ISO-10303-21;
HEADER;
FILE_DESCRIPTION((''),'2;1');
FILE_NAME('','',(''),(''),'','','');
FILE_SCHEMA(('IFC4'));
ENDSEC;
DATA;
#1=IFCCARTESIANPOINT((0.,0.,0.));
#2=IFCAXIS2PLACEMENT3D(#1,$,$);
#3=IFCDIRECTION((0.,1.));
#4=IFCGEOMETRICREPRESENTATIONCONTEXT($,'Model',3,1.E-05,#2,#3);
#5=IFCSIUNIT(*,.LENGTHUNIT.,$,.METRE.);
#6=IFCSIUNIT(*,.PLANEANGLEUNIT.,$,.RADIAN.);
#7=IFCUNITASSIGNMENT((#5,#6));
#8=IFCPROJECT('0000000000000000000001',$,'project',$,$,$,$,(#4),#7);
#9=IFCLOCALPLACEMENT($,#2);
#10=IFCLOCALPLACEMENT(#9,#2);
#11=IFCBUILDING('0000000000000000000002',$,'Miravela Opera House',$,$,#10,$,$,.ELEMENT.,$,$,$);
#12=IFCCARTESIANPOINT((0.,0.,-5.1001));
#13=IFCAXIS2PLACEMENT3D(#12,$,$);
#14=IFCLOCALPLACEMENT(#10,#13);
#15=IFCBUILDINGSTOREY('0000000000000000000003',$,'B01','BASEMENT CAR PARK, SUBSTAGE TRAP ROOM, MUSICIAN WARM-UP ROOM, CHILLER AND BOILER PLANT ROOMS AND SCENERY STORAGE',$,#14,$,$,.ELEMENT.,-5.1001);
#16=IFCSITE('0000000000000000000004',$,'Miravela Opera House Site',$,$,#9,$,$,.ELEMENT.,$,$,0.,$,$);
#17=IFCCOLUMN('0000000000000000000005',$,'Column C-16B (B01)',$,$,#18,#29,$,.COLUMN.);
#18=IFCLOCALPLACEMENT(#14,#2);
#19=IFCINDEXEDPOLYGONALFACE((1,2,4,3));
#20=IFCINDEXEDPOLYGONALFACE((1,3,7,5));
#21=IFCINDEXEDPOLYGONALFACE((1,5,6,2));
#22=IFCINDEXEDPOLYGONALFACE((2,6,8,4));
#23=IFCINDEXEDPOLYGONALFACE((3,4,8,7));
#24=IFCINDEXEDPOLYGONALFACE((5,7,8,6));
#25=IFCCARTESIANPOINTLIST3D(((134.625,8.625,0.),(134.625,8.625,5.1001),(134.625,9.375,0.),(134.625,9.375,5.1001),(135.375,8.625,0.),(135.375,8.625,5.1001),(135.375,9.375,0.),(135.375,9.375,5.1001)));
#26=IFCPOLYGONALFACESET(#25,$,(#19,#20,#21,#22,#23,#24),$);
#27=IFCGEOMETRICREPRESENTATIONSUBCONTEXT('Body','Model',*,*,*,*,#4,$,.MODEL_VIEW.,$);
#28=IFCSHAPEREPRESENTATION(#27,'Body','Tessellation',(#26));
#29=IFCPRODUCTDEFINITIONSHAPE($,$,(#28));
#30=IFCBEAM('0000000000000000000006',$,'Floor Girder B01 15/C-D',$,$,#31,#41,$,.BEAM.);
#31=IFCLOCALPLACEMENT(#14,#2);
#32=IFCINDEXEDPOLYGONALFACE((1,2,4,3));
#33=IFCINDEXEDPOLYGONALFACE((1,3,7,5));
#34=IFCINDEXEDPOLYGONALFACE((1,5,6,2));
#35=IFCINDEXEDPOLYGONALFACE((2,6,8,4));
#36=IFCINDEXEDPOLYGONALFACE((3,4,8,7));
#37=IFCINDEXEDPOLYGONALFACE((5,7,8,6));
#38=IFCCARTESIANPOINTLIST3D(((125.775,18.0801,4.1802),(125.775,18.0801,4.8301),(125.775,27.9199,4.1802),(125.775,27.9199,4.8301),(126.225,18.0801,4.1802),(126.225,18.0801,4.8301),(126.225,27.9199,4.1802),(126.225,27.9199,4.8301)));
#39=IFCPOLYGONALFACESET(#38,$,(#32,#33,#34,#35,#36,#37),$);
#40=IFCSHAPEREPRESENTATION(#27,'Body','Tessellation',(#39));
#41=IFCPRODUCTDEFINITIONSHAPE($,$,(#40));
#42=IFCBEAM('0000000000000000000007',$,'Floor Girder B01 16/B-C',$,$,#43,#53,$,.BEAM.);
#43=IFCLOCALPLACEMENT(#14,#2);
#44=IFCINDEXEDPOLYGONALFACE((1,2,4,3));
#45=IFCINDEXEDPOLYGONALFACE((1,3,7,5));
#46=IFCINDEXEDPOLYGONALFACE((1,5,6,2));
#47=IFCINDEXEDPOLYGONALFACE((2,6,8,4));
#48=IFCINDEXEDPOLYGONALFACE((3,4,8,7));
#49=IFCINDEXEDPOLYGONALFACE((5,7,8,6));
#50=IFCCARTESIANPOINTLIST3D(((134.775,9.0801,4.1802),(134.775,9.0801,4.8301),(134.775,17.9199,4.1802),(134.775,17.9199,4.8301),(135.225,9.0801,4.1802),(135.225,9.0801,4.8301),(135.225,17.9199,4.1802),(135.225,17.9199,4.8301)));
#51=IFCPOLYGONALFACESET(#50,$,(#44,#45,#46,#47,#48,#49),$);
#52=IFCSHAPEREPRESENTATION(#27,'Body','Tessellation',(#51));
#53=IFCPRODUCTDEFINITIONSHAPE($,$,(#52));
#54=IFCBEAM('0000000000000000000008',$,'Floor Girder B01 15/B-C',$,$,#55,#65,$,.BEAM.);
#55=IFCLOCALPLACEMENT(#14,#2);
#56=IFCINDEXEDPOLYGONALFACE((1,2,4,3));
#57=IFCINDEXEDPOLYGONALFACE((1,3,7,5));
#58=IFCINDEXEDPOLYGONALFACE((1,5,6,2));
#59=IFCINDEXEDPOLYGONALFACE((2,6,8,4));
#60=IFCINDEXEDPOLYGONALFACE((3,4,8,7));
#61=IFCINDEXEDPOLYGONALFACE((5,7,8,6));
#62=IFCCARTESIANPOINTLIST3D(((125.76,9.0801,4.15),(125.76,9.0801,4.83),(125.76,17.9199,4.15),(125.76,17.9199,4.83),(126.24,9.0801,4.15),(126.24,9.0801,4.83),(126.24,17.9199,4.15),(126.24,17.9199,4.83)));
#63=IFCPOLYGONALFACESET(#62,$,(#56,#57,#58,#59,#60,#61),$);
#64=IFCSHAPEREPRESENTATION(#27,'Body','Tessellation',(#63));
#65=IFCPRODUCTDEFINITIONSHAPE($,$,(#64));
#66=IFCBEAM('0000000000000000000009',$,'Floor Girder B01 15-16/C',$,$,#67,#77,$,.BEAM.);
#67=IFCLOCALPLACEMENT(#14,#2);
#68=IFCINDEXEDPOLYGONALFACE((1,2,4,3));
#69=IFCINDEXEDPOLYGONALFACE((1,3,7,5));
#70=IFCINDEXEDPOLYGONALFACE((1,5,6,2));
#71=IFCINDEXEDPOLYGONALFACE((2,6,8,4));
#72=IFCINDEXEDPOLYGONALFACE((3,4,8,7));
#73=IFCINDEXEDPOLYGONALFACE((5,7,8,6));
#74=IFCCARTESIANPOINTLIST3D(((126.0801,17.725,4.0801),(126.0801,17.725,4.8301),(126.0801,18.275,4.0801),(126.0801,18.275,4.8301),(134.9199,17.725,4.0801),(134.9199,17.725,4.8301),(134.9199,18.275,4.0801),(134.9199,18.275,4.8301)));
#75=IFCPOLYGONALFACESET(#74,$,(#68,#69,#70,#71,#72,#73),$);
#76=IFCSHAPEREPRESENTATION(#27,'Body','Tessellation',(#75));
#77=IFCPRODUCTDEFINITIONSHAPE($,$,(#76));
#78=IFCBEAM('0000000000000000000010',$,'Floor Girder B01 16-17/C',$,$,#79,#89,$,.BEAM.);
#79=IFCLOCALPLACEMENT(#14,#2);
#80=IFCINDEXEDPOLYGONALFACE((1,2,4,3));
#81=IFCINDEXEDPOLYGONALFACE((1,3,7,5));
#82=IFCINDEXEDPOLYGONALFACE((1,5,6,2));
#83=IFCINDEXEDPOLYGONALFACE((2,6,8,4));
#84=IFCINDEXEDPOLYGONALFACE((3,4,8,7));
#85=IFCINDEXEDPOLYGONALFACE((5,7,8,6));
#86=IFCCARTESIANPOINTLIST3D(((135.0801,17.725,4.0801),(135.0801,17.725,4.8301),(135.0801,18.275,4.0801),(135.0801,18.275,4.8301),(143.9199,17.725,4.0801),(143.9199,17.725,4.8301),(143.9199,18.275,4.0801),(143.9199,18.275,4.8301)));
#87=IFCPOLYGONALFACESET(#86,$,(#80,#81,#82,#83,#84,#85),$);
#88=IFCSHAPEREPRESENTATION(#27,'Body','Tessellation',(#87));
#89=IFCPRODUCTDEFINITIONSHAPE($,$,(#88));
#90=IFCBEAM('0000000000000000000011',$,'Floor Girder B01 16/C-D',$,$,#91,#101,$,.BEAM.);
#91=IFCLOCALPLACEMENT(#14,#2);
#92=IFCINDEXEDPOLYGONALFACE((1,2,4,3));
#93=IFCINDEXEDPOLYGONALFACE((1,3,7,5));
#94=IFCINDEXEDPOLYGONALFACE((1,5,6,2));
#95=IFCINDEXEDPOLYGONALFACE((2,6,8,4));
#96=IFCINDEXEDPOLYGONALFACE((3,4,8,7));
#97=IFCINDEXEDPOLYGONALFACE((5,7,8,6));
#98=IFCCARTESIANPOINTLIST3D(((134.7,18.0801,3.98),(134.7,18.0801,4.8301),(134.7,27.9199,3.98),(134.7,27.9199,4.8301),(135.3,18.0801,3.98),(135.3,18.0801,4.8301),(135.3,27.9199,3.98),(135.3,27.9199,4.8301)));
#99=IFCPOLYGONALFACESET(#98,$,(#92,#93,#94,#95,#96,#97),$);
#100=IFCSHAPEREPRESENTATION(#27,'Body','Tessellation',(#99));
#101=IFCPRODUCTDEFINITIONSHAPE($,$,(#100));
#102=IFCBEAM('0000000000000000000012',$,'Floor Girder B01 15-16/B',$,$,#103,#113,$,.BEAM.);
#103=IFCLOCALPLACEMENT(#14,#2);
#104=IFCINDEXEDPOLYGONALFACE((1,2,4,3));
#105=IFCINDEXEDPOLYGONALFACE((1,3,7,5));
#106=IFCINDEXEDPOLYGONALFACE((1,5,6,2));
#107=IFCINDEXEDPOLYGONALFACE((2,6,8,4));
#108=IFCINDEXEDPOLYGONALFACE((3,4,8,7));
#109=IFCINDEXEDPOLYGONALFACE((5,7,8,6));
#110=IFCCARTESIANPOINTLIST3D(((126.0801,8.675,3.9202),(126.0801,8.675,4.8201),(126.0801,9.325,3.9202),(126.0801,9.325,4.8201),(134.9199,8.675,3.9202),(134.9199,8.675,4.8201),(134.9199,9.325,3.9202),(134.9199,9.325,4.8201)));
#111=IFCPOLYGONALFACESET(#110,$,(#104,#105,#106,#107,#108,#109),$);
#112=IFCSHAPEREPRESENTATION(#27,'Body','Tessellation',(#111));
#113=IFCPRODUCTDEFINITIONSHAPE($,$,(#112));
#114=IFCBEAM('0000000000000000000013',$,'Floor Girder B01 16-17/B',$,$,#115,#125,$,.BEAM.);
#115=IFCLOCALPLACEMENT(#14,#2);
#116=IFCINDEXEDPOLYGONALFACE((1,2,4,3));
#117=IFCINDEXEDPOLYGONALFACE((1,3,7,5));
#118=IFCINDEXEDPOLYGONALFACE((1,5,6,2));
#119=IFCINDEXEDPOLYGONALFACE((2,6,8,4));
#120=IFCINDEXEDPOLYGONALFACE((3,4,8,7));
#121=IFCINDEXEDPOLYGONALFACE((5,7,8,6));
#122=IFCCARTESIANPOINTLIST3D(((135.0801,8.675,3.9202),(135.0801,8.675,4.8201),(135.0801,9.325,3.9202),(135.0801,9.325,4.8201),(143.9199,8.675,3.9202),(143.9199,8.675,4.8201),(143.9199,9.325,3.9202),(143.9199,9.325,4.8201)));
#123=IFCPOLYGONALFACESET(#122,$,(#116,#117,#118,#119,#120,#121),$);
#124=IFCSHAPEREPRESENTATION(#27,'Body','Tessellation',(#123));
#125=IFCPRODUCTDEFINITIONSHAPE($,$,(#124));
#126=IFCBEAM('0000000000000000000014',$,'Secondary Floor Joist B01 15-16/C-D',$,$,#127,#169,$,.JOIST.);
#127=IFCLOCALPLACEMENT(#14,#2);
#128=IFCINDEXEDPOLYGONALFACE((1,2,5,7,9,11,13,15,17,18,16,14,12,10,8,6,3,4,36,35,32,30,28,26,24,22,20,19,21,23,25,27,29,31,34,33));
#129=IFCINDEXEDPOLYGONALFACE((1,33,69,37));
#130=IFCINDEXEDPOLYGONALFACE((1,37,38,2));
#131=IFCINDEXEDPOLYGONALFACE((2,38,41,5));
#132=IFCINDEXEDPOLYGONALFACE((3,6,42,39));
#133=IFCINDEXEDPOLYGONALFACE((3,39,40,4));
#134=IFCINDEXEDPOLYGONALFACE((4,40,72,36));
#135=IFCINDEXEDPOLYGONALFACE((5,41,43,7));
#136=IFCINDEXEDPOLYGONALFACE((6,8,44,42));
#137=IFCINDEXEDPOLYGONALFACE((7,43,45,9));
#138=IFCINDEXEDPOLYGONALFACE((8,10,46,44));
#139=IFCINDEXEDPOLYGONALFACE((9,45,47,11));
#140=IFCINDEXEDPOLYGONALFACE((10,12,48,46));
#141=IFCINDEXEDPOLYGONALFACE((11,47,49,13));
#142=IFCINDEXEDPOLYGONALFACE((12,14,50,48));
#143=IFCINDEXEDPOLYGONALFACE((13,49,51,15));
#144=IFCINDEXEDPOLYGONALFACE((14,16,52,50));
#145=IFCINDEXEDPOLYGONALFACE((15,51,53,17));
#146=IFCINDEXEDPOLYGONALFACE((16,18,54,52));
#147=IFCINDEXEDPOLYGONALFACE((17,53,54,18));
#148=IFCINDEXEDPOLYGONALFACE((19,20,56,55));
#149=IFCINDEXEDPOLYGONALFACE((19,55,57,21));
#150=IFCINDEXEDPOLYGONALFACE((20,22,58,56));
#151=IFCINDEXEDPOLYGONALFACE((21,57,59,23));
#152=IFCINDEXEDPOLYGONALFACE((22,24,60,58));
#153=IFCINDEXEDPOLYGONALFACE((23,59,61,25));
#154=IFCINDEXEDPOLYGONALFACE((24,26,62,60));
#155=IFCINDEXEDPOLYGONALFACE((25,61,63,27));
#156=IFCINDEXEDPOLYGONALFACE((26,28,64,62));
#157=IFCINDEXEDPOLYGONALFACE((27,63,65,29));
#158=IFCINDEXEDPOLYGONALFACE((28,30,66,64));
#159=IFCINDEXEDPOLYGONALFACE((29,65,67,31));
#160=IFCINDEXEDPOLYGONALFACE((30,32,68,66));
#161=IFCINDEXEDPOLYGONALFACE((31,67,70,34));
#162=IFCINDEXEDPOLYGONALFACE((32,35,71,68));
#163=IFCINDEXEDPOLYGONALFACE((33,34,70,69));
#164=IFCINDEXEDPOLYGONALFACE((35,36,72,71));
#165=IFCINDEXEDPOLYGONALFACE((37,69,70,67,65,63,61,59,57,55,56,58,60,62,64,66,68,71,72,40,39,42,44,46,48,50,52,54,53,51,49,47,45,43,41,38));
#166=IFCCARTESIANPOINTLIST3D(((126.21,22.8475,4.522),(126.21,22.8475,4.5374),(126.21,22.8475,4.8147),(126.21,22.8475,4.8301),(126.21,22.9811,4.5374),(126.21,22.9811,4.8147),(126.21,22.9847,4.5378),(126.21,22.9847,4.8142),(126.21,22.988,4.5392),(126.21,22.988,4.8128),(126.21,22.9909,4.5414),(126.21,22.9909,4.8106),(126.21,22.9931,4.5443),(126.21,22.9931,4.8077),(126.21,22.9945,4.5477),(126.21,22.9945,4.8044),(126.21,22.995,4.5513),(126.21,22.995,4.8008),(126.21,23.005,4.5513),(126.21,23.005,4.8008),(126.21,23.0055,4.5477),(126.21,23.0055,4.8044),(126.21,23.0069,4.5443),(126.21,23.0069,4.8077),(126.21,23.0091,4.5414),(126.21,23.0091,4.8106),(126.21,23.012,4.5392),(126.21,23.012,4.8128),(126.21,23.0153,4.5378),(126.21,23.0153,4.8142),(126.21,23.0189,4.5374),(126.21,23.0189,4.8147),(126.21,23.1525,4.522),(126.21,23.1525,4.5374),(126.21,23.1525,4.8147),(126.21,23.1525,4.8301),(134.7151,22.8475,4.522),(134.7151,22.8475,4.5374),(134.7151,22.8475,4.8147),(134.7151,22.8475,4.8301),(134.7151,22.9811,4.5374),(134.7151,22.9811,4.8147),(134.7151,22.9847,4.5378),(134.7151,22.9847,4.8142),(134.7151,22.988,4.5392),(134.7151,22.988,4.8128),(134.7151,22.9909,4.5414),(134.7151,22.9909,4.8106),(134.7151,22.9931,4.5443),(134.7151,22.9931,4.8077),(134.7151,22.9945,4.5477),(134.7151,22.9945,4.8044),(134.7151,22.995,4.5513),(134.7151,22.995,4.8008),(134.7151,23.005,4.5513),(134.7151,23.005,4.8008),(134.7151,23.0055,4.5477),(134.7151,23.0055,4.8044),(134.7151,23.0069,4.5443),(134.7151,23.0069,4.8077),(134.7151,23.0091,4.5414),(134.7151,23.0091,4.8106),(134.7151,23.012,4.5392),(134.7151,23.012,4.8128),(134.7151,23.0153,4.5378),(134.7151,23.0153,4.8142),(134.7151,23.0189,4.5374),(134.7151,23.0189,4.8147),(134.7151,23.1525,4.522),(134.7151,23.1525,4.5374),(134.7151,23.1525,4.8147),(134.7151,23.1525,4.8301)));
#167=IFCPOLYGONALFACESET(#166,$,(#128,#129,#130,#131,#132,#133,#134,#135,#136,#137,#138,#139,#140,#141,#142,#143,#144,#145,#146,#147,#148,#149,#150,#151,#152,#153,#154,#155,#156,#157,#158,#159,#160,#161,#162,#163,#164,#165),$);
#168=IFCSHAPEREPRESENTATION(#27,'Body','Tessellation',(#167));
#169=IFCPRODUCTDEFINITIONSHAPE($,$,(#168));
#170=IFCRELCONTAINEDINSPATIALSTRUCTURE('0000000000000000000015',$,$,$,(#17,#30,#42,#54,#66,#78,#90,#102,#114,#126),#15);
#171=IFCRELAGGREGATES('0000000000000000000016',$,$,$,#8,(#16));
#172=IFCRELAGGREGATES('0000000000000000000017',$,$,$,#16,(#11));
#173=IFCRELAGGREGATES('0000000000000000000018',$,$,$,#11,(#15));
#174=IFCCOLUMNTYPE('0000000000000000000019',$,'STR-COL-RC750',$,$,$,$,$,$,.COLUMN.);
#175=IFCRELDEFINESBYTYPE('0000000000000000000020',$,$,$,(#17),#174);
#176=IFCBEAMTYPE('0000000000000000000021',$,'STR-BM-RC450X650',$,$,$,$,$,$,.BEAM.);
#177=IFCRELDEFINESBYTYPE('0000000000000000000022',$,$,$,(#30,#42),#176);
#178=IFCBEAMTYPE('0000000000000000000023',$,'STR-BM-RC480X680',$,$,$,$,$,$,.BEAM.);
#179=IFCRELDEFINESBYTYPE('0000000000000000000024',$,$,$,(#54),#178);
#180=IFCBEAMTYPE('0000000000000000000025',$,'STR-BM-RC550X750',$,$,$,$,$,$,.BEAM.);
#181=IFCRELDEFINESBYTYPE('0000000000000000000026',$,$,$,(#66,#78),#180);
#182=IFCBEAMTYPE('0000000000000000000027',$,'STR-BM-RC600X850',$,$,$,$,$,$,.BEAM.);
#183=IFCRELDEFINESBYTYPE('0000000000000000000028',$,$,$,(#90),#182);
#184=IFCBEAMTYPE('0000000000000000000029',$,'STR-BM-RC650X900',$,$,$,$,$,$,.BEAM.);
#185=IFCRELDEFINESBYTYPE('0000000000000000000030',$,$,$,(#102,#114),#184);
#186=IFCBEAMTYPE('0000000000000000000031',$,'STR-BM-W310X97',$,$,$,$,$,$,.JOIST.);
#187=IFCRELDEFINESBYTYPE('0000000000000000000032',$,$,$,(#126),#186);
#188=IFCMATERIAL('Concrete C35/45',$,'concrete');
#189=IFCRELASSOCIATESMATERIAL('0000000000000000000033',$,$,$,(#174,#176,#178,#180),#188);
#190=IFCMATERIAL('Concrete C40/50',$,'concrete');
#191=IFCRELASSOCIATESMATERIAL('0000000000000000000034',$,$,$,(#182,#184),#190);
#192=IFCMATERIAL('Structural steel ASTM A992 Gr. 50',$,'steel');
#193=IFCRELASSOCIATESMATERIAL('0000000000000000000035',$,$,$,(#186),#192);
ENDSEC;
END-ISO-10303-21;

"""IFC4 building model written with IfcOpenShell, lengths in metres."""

from ifc_helpers import new_model, si_unit, direction, frame, origin, origin_2d, place, context, subcontext, project, spatial, rectangle, i_section, extrude, material, material_profile, profile_set, type_object, element, save


model = new_model("IFC4")

# Units and contexts
model_context = context("Model", 3, precision=1e-05, world=origin(), true_north=direction((0.0, 1.0)))
body_context = subcontext(model_context, "Body", "Model", "MODEL_VIEW")
ifc_project = project(units=[si_unit("LENGTHUNIT", "METRE"), si_unit("PLANEANGLEUNIT", "RADIAN")], contexts=[model_context])

# Site, building, storey
site_placement = place(None, origin())
site = spatial("IfcSite", under=ifc_project, at=site_placement, Name="Miravela Opera House Site", CompositionType="ELEMENT", RefElevation=0.0)
building_placement = place(site_placement, origin())
building = spatial("IfcBuilding", under=site, at=building_placement, Name="Miravela Opera House", CompositionType="ELEMENT")
storey_placement = place(building_placement, frame((0.0, 0.0, -5.1001)))
storey = spatial("IfcBuildingStorey", under=building, at=storey_placement, Name="B01", Description="BASEMENT CAR PARK, SUBSTAGE TRAP ROOM, MUSICIAN WARM-UP ROOM, CHILLER AND BOILER PLANT ROOMS AND SCENERY STORAGE", CompositionType="ELEMENT", Elevation=-5.1001)

# Shared definitions
ifc_material_1 = material(Name="Concrete C35/45", Category="concrete")

# Column
ifc_material_profile_1 = material_profile(ifc_material_1, rectangle(XDim=0.75, YDim=0.75, at=origin_2d()), Name="RC-COL-750X750")
ifc_profile_set_1 = profile_set([ifc_material_profile_1])
column_type_1 = type_object("IfcColumnType", Name="STR-COL-RC750", PredefinedType="COLUMN", material=ifc_profile_set_1)
for number, where, z_axis, x_axis, name in (
    (1, (135.0, 9.0, 0.0), (0.0, 0.0, 1.0), (1.0, 0.0, 0.0), "Column C-16B (B01)"),
):
    element("IfcColumn", number, at=place(storey_placement, frame(where, z_axis=z_axis, x_axis=x_axis)), inside=storey, type_object=column_type_1, Name=name, PredefinedType="COLUMN", context=body_context, shape_type="SweptSolid", body=[
        extrude(rectangle(XDim=0.75, YDim=0.75, at=origin_2d()), origin(), (0.0, 0.0, 1.0), 5.1001),
    ])

# Beams
ifc_material_profile_2 = material_profile(ifc_material_1, rectangle(XDim=0.45, YDim=0.6499, at=origin_2d()), Name="RC-BM-450X650")
ifc_profile_set_2 = profile_set([ifc_material_profile_2])
beam_type_1 = type_object("IfcBeamType", Name="STR-BM-RC450X650", PredefinedType="BEAM", material=ifc_profile_set_2)
beam_1_placement = place(storey_placement, frame((126.0, 18.0801, 4.5051), z_axis=(0.0, 1.0, 0.0), x_axis=(-1.0, 0.0, 0.0)))
element("IfcBeam", 2, at=beam_1_placement, inside=storey, type_object=beam_type_1, Name="Floor Girder B01 15/C-D", PredefinedType="BEAM", context=body_context, shape_type="SweptSolid", body=[
    extrude(rectangle(XDim=0.45, YDim=0.6499, at=origin_2d()), origin(), (0.0, 0.0, 1.0), 9.8398),
])
beam_2_placement = place(storey_placement, frame((135.0, 9.0801, 4.5051), z_axis=(0.0, 1.0, 0.0), x_axis=(-1.0, 0.0, 0.0)))
element("IfcBeam", 3, at=beam_2_placement, inside=storey, type_object=beam_type_1, Name="Floor Girder B01 16/B-C", PredefinedType="BEAM", context=body_context, shape_type="SweptSolid", body=[
    extrude(rectangle(XDim=0.45, YDim=0.6499, at=origin_2d()), origin(), (0.0, 0.0, 1.0), 8.8398),
])
ifc_material_profile_3 = material_profile(ifc_material_1, rectangle(XDim=0.48, YDim=0.6799, at=origin_2d()), Name="RC-BM-480X680")
ifc_profile_set_3 = profile_set([ifc_material_profile_3])
beam_type_2 = type_object("IfcBeamType", Name="STR-BM-RC480X680", PredefinedType="BEAM", material=ifc_profile_set_3)
beam_3_placement = place(storey_placement, frame((126.0, 9.0801, 4.49), z_axis=(0.0, 1.0, 0.0), x_axis=(-1.0, 0.0, 0.0)))
element("IfcBeam", 4, at=beam_3_placement, inside=storey, type_object=beam_type_2, Name="Floor Girder B01 15/B-C", PredefinedType="BEAM", context=body_context, shape_type="SweptSolid", body=[
    extrude(rectangle(XDim=0.48, YDim=0.6799, at=origin_2d()), origin(), (0.0, 0.0, 1.0), 8.8398),
])
ifc_material_profile_4 = material_profile(ifc_material_1, rectangle(XDim=0.55, YDim=0.75, at=origin_2d()), Name="RC-BM-550X750")
ifc_profile_set_4 = profile_set([ifc_material_profile_4])
beam_type_3 = type_object("IfcBeamType", Name="STR-BM-RC550X750", PredefinedType="BEAM", material=ifc_profile_set_4)
for number, where, z_axis, x_axis, name in (
    (5, (126.0801, 18.0, 4.4551), (1.0, 0.0, 0.0), (0.0, 1.0, 0.0), "Floor Girder B01 15-16/C"),
    (6, (135.0801, 18.0, 4.4551), (1.0, 0.0, 0.0), (0.0, 1.0, 0.0), "Floor Girder B01 16-17/C"),
):
    element("IfcBeam", number, at=place(storey_placement, frame(where, z_axis=z_axis, x_axis=x_axis)), inside=storey, type_object=beam_type_3, Name=name, PredefinedType="BEAM", context=body_context, shape_type="SweptSolid", body=[
        extrude(rectangle(XDim=0.55, YDim=0.75, at=origin_2d()), origin(), (0.0, 0.0, 1.0), 8.8398),
    ])
ifc_material_2 = material(Name="Concrete C40/50", Category="concrete")
ifc_material_profile_5 = material_profile(ifc_material_2, rectangle(XDim=0.6001, YDim=0.8501, at=origin_2d()), Name="RC-BM-600X850")
ifc_profile_set_5 = profile_set([ifc_material_profile_5])
beam_type_4 = type_object("IfcBeamType", Name="STR-BM-RC600X850", PredefinedType="BEAM", material=ifc_profile_set_5)
beam_4_placement = place(storey_placement, frame((135.0, 18.0801, 4.405), z_axis=(0.0, 1.0, 0.0), x_axis=(-1.0, 0.0, 0.0)))
element("IfcBeam", 7, at=beam_4_placement, inside=storey, type_object=beam_type_4, Name="Floor Girder B01 16/C-D", PredefinedType="BEAM", context=body_context, shape_type="SweptSolid", body=[
    extrude(rectangle(XDim=0.6001, YDim=0.8501, at=origin_2d()), origin(), (0.0, 0.0, 1.0), 9.8398),
])
ifc_material_profile_6 = material_profile(ifc_material_2, rectangle(XDim=0.6499, YDim=0.8999, at=origin_2d()), Name="RC-BM-650X900")
ifc_profile_set_6 = profile_set([ifc_material_profile_6])
beam_type_5 = type_object("IfcBeamType", Name="STR-BM-RC650X900", PredefinedType="BEAM", material=ifc_profile_set_6)
for number, where, z_axis, x_axis, name in (
    (8, (126.0801, 9.0, 4.3701), (1.0, 0.0, 0.0), (0.0, 1.0, 0.0), "Floor Girder B01 15-16/B"),
    (9, (135.0801, 9.0, 4.3701), (1.0, 0.0, 0.0), (0.0, 1.0, 0.0), "Floor Girder B01 16-17/B"),
):
    element("IfcBeam", number, at=place(storey_placement, frame(where, z_axis=z_axis, x_axis=x_axis)), inside=storey, type_object=beam_type_5, Name=name, PredefinedType="BEAM", context=body_context, shape_type="SweptSolid", body=[
        extrude(rectangle(XDim=0.6499, YDim=0.8999, at=origin_2d()), origin(), (0.0, 0.0, 1.0), 8.8398),
    ])
ifc_material_3 = material(Name="Structural steel ASTM A992 Gr. 50", Category="steel")
ifc_material_profile_7 = material_profile(ifc_material_3, i_section(OverallWidth=0.3049, OverallDepth=0.3081, WebThickness=0.01, FlangeThickness=0.0154, FilletRadius=0.0139, at=origin_2d()), Name="W310X97")
ifc_profile_set_7 = profile_set([ifc_material_profile_7])
beam_type_6 = type_object("IfcBeamType", Name="STR-BM-W310X97", PredefinedType="JOIST", material=ifc_profile_set_7)
beam_5_placement = place(storey_placement, frame((126.21, 23.0, 4.676), z_axis=(1.0, 0.0, 0.0), x_axis=(0.0, 1.0, 0.0)))
element("IfcBeam", 10, at=beam_5_placement, inside=storey, type_object=beam_type_6, Name="Secondary Floor Joist B01 15-16/C-D", PredefinedType="JOIST", context=body_context, shape_type="SweptSolid", body=[
    extrude(i_section(OverallWidth=0.3049, OverallDepth=0.3081, WebThickness=0.01, FlangeThickness=0.0154, FilletRadius=0.0139, at=origin_2d()), origin(), (0.0, 0.0, 1.0), 8.5051),
])

save(model, "model.ifc")
